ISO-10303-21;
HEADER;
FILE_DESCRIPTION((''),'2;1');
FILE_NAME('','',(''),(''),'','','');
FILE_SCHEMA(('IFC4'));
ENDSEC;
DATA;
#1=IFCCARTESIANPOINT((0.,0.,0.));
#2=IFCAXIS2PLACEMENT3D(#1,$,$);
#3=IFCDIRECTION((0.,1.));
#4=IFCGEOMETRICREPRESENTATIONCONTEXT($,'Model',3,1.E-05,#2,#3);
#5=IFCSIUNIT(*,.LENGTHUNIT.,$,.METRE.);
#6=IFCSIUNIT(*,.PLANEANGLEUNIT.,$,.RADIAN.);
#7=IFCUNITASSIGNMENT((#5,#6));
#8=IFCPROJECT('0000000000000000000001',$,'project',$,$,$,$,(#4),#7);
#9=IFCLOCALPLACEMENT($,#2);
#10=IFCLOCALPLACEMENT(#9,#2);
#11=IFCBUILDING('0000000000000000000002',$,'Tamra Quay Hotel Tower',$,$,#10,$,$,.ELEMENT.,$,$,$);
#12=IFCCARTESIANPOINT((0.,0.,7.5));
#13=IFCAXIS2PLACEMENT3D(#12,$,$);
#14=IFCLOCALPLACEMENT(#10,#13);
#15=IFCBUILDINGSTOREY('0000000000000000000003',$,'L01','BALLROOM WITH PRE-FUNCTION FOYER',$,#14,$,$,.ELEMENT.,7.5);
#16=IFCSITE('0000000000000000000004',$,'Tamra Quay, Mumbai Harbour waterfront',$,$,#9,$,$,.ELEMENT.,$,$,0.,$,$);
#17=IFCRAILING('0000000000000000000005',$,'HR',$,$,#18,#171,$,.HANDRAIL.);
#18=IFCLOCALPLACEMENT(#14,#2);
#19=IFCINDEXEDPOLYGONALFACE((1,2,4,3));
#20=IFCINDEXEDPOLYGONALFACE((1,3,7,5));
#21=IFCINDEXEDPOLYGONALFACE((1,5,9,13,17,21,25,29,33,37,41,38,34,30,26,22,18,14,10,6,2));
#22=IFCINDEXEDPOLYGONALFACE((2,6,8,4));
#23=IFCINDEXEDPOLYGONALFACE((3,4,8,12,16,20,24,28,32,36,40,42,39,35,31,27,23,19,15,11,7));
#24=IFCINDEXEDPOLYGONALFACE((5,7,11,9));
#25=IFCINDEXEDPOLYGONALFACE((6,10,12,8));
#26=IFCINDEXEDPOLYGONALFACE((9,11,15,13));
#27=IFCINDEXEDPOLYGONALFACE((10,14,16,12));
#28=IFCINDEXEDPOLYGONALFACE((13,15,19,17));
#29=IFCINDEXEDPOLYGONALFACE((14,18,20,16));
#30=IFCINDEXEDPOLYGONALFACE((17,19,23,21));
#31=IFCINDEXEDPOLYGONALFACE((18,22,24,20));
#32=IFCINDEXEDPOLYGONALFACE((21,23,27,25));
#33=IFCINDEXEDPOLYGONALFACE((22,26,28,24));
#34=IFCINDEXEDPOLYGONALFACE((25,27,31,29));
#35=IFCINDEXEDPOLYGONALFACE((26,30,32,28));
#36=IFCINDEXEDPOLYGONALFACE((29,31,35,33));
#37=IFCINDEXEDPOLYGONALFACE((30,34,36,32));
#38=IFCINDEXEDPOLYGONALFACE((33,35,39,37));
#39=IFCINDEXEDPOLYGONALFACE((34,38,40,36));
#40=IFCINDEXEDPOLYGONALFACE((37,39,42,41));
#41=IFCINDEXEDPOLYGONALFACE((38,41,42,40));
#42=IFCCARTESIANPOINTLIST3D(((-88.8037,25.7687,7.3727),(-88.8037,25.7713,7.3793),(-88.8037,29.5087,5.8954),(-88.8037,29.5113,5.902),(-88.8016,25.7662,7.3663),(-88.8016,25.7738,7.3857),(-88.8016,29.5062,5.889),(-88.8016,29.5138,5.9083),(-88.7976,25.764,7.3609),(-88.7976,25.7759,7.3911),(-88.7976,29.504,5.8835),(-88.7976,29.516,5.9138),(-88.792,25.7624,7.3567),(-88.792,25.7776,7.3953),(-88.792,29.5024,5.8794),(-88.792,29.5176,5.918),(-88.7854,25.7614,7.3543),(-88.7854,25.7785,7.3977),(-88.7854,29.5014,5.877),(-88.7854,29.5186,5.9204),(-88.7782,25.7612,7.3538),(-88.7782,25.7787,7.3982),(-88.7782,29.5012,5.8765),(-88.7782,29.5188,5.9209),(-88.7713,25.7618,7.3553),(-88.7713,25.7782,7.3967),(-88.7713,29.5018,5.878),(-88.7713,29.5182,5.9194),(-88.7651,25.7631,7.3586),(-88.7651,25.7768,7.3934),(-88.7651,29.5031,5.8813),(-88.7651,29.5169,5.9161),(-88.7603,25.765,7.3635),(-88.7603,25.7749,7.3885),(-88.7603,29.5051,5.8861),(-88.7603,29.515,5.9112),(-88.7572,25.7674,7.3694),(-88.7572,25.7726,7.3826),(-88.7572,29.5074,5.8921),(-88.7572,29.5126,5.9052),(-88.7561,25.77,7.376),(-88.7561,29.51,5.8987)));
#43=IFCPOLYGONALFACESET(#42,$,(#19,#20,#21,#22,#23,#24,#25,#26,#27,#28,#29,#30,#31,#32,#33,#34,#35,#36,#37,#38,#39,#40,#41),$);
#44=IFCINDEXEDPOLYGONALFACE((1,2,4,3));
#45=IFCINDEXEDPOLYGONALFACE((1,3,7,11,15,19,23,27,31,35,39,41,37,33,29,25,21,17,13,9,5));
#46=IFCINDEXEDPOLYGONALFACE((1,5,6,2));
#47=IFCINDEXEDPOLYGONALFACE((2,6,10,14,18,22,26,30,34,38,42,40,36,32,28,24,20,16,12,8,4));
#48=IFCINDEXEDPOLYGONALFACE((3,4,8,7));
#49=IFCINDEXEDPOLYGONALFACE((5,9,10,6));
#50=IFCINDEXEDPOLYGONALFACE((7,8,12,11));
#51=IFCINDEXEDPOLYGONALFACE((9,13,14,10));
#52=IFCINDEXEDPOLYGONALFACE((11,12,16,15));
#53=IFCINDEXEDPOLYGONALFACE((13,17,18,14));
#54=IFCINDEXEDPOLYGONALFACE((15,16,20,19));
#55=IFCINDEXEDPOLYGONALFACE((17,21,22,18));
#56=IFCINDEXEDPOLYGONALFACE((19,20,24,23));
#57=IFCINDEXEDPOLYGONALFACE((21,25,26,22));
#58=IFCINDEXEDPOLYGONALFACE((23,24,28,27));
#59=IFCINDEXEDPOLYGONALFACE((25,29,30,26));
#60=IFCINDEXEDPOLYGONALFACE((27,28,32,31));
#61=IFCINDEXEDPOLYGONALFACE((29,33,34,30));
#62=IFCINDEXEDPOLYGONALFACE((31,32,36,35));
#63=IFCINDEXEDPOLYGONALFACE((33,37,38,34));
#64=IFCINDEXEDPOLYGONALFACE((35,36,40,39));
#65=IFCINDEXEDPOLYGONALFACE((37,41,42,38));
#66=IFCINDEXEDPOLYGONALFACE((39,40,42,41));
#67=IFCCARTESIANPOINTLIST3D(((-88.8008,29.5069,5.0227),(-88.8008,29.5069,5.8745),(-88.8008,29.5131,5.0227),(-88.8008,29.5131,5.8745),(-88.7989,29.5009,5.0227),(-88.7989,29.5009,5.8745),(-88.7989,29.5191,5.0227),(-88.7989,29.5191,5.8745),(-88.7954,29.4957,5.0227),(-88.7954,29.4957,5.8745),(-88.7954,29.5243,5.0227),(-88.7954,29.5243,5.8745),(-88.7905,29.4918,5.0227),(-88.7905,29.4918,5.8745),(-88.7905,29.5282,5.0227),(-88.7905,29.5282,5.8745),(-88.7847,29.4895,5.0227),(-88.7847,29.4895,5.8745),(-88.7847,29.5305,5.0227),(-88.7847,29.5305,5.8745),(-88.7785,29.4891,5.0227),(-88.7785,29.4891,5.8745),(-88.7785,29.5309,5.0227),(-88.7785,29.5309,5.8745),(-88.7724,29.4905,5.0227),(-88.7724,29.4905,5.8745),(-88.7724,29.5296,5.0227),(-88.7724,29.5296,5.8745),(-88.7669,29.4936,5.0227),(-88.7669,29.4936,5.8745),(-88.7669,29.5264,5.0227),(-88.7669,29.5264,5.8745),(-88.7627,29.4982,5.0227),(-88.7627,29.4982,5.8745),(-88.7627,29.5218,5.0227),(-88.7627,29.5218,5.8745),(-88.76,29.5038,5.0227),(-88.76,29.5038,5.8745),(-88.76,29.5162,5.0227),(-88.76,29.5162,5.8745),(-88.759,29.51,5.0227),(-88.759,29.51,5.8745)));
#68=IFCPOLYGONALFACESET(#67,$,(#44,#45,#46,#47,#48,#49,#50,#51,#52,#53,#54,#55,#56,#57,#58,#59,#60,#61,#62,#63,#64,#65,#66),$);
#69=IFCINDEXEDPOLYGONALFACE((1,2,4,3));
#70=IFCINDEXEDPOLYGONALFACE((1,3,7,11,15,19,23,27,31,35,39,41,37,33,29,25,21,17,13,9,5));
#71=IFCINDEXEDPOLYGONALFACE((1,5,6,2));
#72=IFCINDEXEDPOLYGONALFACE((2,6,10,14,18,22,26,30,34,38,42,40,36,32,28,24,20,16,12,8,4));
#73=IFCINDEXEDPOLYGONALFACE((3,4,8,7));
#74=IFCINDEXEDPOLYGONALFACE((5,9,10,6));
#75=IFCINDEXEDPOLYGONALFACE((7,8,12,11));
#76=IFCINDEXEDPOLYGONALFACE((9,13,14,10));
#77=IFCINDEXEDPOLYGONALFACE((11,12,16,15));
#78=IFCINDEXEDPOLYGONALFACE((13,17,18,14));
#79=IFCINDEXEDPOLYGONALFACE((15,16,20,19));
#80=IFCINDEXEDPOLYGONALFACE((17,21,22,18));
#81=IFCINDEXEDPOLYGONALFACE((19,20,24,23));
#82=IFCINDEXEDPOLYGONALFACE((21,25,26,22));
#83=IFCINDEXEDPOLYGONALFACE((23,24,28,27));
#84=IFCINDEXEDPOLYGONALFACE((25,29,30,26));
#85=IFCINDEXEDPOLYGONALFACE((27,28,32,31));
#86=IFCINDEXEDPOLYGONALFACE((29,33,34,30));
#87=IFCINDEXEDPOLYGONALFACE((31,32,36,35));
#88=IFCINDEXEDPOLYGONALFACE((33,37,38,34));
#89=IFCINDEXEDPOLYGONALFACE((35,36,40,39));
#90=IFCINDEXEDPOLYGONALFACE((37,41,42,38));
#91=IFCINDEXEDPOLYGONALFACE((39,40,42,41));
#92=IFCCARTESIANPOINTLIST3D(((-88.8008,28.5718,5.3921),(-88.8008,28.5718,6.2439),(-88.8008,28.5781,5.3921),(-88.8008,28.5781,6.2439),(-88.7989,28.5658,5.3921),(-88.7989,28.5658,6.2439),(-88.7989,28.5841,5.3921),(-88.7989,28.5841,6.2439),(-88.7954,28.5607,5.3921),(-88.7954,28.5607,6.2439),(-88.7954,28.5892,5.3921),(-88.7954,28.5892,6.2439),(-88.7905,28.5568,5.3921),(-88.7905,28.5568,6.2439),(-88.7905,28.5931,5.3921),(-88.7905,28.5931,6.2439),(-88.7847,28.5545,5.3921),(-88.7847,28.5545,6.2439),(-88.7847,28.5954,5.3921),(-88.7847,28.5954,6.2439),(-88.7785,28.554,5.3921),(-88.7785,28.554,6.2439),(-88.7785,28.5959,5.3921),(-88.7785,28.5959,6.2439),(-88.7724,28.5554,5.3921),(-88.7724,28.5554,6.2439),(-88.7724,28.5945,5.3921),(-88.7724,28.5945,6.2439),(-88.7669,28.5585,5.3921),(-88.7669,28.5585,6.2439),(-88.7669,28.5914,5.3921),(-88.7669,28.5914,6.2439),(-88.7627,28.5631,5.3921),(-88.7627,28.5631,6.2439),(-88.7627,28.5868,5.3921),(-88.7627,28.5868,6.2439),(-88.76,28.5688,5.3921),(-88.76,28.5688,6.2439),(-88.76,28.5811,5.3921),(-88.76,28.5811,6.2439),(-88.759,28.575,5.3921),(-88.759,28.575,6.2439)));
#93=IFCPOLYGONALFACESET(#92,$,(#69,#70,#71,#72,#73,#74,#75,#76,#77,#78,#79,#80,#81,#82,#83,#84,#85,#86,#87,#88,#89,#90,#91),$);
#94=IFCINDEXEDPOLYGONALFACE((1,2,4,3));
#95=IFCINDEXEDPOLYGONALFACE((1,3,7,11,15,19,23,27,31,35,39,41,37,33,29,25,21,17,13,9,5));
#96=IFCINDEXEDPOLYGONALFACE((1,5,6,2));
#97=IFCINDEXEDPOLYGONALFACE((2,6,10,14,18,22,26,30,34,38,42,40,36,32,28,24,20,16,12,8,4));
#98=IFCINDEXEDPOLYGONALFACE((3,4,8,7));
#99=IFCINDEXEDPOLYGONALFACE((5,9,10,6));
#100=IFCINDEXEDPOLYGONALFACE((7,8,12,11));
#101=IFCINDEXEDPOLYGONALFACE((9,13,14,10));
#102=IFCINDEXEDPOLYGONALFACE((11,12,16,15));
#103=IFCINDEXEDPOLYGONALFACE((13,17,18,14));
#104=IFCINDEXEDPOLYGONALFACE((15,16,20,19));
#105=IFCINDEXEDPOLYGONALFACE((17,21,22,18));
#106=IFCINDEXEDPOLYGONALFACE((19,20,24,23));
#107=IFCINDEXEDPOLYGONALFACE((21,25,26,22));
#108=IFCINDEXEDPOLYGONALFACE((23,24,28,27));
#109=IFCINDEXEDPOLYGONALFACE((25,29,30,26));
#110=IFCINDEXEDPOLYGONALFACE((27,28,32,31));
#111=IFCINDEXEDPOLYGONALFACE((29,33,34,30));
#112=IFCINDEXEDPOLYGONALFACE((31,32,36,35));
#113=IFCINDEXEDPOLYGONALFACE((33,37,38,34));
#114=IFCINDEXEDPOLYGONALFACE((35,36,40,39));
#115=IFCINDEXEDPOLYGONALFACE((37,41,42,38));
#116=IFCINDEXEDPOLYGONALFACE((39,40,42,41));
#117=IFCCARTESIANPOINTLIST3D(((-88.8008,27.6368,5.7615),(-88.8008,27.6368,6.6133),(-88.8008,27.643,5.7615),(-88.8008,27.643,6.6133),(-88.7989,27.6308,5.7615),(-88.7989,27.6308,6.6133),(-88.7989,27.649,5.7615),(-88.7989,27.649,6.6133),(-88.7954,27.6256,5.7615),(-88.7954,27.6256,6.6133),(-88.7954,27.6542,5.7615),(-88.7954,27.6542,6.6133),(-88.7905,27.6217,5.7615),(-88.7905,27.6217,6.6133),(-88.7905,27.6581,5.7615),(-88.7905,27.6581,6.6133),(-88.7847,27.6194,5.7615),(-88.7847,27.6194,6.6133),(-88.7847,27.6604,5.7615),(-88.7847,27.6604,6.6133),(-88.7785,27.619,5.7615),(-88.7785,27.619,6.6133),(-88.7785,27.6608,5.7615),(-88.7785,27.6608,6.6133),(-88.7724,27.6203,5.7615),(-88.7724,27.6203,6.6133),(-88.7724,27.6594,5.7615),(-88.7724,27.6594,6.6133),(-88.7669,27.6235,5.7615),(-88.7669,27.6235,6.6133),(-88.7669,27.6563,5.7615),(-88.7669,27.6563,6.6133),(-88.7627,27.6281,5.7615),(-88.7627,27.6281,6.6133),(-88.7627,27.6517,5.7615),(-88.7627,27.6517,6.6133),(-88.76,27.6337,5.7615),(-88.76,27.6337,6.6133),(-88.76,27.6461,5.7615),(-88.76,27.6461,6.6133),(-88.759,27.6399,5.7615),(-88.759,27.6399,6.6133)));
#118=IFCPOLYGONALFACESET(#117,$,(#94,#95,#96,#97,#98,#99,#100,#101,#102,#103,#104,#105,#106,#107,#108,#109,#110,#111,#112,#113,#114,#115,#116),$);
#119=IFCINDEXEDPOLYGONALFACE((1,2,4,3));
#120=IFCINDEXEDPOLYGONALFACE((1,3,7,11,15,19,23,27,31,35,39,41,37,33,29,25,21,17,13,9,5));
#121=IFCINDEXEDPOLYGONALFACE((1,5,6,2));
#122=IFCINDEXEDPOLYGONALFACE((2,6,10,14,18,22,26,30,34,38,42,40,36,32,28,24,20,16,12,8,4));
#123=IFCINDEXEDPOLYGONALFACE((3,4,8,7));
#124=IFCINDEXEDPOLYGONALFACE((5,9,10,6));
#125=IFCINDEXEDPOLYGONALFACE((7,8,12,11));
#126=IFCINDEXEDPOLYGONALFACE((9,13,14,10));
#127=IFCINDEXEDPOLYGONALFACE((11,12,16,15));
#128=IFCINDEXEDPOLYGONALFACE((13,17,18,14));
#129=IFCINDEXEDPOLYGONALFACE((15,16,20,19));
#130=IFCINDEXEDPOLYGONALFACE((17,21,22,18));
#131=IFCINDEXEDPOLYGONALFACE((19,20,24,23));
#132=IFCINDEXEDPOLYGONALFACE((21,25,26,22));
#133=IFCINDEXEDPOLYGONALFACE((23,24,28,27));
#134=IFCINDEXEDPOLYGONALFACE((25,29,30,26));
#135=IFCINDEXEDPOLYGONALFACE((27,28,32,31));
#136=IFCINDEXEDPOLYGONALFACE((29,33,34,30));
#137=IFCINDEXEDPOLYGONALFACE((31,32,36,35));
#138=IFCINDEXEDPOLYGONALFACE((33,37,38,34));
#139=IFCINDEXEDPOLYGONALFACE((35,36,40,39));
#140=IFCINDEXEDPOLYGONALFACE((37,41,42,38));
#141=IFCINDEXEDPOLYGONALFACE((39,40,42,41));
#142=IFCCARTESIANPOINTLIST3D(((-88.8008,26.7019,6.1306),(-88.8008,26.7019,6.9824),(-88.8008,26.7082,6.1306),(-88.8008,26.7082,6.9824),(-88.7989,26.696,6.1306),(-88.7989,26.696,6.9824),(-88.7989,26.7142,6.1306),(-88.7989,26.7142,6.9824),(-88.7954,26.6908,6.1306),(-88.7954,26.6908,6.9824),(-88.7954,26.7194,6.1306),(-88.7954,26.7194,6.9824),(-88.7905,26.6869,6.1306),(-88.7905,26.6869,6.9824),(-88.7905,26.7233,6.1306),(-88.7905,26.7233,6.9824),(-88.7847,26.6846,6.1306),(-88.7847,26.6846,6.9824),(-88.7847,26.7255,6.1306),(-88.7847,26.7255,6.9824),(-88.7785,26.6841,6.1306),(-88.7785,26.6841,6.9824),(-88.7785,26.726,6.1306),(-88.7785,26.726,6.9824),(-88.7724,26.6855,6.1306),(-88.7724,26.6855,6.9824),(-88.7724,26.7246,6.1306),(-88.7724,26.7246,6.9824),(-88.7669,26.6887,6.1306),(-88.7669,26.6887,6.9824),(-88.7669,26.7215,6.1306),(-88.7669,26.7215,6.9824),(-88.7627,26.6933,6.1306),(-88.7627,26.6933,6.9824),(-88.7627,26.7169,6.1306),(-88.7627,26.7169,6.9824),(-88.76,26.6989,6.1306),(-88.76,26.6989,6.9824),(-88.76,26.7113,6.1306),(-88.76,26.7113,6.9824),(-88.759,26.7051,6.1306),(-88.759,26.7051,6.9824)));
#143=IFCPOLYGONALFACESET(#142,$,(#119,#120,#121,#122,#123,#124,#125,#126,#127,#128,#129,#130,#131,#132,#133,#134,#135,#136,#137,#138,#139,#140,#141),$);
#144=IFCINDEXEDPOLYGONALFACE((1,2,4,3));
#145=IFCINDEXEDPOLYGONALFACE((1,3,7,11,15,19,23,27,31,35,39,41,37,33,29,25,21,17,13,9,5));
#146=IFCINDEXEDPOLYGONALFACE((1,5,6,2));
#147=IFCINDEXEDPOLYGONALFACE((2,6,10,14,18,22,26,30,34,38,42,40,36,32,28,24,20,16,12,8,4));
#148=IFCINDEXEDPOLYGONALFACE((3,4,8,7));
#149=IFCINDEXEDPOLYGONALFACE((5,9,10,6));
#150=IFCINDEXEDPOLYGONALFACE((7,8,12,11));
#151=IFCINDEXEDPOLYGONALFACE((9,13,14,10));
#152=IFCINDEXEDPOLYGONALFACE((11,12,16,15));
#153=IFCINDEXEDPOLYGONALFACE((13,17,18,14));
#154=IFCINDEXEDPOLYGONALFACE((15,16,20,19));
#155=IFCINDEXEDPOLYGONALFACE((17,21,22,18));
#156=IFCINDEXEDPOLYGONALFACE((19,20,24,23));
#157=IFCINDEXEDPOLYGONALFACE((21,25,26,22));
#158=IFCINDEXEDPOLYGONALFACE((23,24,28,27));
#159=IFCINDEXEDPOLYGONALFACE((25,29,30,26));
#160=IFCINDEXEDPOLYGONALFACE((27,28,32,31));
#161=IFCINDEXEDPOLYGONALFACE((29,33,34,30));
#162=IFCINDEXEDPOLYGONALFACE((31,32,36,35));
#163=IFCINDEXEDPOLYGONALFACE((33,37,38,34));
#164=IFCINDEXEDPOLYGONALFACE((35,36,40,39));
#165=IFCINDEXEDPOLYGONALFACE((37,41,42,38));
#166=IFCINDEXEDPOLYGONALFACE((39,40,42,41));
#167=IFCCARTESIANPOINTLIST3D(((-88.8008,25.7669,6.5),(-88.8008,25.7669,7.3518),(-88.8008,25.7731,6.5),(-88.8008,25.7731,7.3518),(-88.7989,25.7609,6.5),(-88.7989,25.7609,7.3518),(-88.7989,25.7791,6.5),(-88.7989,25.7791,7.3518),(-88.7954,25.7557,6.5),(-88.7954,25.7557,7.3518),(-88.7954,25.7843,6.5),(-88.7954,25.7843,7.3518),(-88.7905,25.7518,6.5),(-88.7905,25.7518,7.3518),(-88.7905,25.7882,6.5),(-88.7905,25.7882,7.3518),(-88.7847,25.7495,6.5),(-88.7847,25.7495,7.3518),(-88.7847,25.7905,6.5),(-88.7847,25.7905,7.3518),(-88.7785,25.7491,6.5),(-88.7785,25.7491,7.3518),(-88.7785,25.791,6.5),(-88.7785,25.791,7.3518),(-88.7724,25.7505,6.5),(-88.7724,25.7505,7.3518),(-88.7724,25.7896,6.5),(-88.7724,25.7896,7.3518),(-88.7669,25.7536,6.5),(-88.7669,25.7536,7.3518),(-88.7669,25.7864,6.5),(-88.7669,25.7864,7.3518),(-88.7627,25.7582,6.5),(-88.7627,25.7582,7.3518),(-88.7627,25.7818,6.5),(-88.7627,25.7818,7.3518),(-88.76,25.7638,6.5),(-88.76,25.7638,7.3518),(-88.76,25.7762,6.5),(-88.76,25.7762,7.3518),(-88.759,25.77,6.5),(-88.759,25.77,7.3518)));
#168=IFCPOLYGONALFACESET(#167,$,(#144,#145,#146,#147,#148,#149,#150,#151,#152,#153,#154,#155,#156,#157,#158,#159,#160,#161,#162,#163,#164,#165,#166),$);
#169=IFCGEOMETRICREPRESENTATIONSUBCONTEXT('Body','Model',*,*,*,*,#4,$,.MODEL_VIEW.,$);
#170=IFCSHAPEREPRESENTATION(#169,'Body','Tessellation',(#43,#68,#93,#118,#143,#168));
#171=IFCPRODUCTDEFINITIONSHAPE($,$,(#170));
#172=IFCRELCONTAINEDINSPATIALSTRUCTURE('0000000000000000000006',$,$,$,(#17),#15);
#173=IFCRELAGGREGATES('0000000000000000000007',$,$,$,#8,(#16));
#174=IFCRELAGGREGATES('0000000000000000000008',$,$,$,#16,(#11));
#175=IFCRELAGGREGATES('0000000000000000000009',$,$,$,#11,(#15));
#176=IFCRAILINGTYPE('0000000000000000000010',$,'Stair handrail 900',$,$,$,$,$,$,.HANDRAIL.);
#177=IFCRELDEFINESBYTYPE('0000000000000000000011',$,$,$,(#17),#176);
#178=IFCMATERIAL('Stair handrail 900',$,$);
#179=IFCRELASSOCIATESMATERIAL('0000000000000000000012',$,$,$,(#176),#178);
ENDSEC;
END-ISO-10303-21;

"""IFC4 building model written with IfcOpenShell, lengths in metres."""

from ifc_helpers import new_model, si_unit, direction, frame, origin, origin_2d, place, context, subcontext, project, spatial, circle, extrude, material, type_object, element, save


model = new_model("IFC4")

# Units and contexts
model_context = context("Model", 3, precision=1e-05, world=origin(), true_north=direction((0.0, 1.0)))
body_context = subcontext(model_context, "Body", "Model", "MODEL_VIEW")
ifc_project = project(units=[si_unit("LENGTHUNIT", "METRE"), si_unit("PLANEANGLEUNIT", "RADIAN")], contexts=[model_context])

# Site, building, storey
site_placement = place(None, origin())
site = spatial("IfcSite", under=ifc_project, at=site_placement, Name="Tamra Quay, Mumbai Harbour waterfront", CompositionType="ELEMENT", RefElevation=0.0)
building_placement = place(site_placement, origin())
building = spatial("IfcBuilding", under=site, at=building_placement, Name="Tamra Quay Hotel Tower", CompositionType="ELEMENT")
storey_placement = place(building_placement, frame((0.0, 0.0, 7.5)))
storey = spatial("IfcBuildingStorey", under=building, at=storey_placement, Name="L01", Description="BALLROOM WITH PRE-FUNCTION FOYER", CompositionType="ELEMENT", Elevation=7.5)

# Railing
ifc_material_1 = material(Name="Stair handrail 900")
railing_type_1 = type_object("IfcRailingType", Name="Stair handrail 900", PredefinedType="HANDRAIL", material=ifc_material_1)
railing_1_placement = place(storey_placement, frame((-88.78, 29.51, 5.0227)))
element("IfcRailing", 1, at=railing_1_placement, inside=storey, type_object=railing_type_1, Name="HR", PredefinedType="HANDRAIL", context=body_context, shape_type="SweptSolid", body=[
    extrude(circle(Radius=0.0239, at=origin_2d()), frame((0.0, 0.0, 0.876), z_axis=(0.0, -0.930072, 0.367378), x_axis=(1.0, 0.0, 0.0)), (0.0, 0.0, 1.0), 4.0212),
    extrude(circle(Radius=0.021, at=origin_2d()), origin(), (0.0, 0.0, 1.0), 0.8518),
    extrude(circle(Radius=0.021, at=origin_2d()), frame((0.0, -0.9351, 0.3694)), (0.0, 0.0, 1.0), 0.8518),
    extrude(circle(Radius=0.021, at=origin_2d()), frame((0.0, -1.8701, 0.7388)), (0.0, 0.0, 1.0), 0.8518),
    extrude(circle(Radius=0.021, at=origin_2d()), frame((0.0, -2.8049, 1.1079)), (0.0, 0.0, 1.0), 0.8518),
    extrude(circle(Radius=0.021, at=origin_2d()), frame((0.0, -3.74, 1.4773)), (0.0, 0.0, 1.0), 0.8518),
])

save(model, "model.ifc")
